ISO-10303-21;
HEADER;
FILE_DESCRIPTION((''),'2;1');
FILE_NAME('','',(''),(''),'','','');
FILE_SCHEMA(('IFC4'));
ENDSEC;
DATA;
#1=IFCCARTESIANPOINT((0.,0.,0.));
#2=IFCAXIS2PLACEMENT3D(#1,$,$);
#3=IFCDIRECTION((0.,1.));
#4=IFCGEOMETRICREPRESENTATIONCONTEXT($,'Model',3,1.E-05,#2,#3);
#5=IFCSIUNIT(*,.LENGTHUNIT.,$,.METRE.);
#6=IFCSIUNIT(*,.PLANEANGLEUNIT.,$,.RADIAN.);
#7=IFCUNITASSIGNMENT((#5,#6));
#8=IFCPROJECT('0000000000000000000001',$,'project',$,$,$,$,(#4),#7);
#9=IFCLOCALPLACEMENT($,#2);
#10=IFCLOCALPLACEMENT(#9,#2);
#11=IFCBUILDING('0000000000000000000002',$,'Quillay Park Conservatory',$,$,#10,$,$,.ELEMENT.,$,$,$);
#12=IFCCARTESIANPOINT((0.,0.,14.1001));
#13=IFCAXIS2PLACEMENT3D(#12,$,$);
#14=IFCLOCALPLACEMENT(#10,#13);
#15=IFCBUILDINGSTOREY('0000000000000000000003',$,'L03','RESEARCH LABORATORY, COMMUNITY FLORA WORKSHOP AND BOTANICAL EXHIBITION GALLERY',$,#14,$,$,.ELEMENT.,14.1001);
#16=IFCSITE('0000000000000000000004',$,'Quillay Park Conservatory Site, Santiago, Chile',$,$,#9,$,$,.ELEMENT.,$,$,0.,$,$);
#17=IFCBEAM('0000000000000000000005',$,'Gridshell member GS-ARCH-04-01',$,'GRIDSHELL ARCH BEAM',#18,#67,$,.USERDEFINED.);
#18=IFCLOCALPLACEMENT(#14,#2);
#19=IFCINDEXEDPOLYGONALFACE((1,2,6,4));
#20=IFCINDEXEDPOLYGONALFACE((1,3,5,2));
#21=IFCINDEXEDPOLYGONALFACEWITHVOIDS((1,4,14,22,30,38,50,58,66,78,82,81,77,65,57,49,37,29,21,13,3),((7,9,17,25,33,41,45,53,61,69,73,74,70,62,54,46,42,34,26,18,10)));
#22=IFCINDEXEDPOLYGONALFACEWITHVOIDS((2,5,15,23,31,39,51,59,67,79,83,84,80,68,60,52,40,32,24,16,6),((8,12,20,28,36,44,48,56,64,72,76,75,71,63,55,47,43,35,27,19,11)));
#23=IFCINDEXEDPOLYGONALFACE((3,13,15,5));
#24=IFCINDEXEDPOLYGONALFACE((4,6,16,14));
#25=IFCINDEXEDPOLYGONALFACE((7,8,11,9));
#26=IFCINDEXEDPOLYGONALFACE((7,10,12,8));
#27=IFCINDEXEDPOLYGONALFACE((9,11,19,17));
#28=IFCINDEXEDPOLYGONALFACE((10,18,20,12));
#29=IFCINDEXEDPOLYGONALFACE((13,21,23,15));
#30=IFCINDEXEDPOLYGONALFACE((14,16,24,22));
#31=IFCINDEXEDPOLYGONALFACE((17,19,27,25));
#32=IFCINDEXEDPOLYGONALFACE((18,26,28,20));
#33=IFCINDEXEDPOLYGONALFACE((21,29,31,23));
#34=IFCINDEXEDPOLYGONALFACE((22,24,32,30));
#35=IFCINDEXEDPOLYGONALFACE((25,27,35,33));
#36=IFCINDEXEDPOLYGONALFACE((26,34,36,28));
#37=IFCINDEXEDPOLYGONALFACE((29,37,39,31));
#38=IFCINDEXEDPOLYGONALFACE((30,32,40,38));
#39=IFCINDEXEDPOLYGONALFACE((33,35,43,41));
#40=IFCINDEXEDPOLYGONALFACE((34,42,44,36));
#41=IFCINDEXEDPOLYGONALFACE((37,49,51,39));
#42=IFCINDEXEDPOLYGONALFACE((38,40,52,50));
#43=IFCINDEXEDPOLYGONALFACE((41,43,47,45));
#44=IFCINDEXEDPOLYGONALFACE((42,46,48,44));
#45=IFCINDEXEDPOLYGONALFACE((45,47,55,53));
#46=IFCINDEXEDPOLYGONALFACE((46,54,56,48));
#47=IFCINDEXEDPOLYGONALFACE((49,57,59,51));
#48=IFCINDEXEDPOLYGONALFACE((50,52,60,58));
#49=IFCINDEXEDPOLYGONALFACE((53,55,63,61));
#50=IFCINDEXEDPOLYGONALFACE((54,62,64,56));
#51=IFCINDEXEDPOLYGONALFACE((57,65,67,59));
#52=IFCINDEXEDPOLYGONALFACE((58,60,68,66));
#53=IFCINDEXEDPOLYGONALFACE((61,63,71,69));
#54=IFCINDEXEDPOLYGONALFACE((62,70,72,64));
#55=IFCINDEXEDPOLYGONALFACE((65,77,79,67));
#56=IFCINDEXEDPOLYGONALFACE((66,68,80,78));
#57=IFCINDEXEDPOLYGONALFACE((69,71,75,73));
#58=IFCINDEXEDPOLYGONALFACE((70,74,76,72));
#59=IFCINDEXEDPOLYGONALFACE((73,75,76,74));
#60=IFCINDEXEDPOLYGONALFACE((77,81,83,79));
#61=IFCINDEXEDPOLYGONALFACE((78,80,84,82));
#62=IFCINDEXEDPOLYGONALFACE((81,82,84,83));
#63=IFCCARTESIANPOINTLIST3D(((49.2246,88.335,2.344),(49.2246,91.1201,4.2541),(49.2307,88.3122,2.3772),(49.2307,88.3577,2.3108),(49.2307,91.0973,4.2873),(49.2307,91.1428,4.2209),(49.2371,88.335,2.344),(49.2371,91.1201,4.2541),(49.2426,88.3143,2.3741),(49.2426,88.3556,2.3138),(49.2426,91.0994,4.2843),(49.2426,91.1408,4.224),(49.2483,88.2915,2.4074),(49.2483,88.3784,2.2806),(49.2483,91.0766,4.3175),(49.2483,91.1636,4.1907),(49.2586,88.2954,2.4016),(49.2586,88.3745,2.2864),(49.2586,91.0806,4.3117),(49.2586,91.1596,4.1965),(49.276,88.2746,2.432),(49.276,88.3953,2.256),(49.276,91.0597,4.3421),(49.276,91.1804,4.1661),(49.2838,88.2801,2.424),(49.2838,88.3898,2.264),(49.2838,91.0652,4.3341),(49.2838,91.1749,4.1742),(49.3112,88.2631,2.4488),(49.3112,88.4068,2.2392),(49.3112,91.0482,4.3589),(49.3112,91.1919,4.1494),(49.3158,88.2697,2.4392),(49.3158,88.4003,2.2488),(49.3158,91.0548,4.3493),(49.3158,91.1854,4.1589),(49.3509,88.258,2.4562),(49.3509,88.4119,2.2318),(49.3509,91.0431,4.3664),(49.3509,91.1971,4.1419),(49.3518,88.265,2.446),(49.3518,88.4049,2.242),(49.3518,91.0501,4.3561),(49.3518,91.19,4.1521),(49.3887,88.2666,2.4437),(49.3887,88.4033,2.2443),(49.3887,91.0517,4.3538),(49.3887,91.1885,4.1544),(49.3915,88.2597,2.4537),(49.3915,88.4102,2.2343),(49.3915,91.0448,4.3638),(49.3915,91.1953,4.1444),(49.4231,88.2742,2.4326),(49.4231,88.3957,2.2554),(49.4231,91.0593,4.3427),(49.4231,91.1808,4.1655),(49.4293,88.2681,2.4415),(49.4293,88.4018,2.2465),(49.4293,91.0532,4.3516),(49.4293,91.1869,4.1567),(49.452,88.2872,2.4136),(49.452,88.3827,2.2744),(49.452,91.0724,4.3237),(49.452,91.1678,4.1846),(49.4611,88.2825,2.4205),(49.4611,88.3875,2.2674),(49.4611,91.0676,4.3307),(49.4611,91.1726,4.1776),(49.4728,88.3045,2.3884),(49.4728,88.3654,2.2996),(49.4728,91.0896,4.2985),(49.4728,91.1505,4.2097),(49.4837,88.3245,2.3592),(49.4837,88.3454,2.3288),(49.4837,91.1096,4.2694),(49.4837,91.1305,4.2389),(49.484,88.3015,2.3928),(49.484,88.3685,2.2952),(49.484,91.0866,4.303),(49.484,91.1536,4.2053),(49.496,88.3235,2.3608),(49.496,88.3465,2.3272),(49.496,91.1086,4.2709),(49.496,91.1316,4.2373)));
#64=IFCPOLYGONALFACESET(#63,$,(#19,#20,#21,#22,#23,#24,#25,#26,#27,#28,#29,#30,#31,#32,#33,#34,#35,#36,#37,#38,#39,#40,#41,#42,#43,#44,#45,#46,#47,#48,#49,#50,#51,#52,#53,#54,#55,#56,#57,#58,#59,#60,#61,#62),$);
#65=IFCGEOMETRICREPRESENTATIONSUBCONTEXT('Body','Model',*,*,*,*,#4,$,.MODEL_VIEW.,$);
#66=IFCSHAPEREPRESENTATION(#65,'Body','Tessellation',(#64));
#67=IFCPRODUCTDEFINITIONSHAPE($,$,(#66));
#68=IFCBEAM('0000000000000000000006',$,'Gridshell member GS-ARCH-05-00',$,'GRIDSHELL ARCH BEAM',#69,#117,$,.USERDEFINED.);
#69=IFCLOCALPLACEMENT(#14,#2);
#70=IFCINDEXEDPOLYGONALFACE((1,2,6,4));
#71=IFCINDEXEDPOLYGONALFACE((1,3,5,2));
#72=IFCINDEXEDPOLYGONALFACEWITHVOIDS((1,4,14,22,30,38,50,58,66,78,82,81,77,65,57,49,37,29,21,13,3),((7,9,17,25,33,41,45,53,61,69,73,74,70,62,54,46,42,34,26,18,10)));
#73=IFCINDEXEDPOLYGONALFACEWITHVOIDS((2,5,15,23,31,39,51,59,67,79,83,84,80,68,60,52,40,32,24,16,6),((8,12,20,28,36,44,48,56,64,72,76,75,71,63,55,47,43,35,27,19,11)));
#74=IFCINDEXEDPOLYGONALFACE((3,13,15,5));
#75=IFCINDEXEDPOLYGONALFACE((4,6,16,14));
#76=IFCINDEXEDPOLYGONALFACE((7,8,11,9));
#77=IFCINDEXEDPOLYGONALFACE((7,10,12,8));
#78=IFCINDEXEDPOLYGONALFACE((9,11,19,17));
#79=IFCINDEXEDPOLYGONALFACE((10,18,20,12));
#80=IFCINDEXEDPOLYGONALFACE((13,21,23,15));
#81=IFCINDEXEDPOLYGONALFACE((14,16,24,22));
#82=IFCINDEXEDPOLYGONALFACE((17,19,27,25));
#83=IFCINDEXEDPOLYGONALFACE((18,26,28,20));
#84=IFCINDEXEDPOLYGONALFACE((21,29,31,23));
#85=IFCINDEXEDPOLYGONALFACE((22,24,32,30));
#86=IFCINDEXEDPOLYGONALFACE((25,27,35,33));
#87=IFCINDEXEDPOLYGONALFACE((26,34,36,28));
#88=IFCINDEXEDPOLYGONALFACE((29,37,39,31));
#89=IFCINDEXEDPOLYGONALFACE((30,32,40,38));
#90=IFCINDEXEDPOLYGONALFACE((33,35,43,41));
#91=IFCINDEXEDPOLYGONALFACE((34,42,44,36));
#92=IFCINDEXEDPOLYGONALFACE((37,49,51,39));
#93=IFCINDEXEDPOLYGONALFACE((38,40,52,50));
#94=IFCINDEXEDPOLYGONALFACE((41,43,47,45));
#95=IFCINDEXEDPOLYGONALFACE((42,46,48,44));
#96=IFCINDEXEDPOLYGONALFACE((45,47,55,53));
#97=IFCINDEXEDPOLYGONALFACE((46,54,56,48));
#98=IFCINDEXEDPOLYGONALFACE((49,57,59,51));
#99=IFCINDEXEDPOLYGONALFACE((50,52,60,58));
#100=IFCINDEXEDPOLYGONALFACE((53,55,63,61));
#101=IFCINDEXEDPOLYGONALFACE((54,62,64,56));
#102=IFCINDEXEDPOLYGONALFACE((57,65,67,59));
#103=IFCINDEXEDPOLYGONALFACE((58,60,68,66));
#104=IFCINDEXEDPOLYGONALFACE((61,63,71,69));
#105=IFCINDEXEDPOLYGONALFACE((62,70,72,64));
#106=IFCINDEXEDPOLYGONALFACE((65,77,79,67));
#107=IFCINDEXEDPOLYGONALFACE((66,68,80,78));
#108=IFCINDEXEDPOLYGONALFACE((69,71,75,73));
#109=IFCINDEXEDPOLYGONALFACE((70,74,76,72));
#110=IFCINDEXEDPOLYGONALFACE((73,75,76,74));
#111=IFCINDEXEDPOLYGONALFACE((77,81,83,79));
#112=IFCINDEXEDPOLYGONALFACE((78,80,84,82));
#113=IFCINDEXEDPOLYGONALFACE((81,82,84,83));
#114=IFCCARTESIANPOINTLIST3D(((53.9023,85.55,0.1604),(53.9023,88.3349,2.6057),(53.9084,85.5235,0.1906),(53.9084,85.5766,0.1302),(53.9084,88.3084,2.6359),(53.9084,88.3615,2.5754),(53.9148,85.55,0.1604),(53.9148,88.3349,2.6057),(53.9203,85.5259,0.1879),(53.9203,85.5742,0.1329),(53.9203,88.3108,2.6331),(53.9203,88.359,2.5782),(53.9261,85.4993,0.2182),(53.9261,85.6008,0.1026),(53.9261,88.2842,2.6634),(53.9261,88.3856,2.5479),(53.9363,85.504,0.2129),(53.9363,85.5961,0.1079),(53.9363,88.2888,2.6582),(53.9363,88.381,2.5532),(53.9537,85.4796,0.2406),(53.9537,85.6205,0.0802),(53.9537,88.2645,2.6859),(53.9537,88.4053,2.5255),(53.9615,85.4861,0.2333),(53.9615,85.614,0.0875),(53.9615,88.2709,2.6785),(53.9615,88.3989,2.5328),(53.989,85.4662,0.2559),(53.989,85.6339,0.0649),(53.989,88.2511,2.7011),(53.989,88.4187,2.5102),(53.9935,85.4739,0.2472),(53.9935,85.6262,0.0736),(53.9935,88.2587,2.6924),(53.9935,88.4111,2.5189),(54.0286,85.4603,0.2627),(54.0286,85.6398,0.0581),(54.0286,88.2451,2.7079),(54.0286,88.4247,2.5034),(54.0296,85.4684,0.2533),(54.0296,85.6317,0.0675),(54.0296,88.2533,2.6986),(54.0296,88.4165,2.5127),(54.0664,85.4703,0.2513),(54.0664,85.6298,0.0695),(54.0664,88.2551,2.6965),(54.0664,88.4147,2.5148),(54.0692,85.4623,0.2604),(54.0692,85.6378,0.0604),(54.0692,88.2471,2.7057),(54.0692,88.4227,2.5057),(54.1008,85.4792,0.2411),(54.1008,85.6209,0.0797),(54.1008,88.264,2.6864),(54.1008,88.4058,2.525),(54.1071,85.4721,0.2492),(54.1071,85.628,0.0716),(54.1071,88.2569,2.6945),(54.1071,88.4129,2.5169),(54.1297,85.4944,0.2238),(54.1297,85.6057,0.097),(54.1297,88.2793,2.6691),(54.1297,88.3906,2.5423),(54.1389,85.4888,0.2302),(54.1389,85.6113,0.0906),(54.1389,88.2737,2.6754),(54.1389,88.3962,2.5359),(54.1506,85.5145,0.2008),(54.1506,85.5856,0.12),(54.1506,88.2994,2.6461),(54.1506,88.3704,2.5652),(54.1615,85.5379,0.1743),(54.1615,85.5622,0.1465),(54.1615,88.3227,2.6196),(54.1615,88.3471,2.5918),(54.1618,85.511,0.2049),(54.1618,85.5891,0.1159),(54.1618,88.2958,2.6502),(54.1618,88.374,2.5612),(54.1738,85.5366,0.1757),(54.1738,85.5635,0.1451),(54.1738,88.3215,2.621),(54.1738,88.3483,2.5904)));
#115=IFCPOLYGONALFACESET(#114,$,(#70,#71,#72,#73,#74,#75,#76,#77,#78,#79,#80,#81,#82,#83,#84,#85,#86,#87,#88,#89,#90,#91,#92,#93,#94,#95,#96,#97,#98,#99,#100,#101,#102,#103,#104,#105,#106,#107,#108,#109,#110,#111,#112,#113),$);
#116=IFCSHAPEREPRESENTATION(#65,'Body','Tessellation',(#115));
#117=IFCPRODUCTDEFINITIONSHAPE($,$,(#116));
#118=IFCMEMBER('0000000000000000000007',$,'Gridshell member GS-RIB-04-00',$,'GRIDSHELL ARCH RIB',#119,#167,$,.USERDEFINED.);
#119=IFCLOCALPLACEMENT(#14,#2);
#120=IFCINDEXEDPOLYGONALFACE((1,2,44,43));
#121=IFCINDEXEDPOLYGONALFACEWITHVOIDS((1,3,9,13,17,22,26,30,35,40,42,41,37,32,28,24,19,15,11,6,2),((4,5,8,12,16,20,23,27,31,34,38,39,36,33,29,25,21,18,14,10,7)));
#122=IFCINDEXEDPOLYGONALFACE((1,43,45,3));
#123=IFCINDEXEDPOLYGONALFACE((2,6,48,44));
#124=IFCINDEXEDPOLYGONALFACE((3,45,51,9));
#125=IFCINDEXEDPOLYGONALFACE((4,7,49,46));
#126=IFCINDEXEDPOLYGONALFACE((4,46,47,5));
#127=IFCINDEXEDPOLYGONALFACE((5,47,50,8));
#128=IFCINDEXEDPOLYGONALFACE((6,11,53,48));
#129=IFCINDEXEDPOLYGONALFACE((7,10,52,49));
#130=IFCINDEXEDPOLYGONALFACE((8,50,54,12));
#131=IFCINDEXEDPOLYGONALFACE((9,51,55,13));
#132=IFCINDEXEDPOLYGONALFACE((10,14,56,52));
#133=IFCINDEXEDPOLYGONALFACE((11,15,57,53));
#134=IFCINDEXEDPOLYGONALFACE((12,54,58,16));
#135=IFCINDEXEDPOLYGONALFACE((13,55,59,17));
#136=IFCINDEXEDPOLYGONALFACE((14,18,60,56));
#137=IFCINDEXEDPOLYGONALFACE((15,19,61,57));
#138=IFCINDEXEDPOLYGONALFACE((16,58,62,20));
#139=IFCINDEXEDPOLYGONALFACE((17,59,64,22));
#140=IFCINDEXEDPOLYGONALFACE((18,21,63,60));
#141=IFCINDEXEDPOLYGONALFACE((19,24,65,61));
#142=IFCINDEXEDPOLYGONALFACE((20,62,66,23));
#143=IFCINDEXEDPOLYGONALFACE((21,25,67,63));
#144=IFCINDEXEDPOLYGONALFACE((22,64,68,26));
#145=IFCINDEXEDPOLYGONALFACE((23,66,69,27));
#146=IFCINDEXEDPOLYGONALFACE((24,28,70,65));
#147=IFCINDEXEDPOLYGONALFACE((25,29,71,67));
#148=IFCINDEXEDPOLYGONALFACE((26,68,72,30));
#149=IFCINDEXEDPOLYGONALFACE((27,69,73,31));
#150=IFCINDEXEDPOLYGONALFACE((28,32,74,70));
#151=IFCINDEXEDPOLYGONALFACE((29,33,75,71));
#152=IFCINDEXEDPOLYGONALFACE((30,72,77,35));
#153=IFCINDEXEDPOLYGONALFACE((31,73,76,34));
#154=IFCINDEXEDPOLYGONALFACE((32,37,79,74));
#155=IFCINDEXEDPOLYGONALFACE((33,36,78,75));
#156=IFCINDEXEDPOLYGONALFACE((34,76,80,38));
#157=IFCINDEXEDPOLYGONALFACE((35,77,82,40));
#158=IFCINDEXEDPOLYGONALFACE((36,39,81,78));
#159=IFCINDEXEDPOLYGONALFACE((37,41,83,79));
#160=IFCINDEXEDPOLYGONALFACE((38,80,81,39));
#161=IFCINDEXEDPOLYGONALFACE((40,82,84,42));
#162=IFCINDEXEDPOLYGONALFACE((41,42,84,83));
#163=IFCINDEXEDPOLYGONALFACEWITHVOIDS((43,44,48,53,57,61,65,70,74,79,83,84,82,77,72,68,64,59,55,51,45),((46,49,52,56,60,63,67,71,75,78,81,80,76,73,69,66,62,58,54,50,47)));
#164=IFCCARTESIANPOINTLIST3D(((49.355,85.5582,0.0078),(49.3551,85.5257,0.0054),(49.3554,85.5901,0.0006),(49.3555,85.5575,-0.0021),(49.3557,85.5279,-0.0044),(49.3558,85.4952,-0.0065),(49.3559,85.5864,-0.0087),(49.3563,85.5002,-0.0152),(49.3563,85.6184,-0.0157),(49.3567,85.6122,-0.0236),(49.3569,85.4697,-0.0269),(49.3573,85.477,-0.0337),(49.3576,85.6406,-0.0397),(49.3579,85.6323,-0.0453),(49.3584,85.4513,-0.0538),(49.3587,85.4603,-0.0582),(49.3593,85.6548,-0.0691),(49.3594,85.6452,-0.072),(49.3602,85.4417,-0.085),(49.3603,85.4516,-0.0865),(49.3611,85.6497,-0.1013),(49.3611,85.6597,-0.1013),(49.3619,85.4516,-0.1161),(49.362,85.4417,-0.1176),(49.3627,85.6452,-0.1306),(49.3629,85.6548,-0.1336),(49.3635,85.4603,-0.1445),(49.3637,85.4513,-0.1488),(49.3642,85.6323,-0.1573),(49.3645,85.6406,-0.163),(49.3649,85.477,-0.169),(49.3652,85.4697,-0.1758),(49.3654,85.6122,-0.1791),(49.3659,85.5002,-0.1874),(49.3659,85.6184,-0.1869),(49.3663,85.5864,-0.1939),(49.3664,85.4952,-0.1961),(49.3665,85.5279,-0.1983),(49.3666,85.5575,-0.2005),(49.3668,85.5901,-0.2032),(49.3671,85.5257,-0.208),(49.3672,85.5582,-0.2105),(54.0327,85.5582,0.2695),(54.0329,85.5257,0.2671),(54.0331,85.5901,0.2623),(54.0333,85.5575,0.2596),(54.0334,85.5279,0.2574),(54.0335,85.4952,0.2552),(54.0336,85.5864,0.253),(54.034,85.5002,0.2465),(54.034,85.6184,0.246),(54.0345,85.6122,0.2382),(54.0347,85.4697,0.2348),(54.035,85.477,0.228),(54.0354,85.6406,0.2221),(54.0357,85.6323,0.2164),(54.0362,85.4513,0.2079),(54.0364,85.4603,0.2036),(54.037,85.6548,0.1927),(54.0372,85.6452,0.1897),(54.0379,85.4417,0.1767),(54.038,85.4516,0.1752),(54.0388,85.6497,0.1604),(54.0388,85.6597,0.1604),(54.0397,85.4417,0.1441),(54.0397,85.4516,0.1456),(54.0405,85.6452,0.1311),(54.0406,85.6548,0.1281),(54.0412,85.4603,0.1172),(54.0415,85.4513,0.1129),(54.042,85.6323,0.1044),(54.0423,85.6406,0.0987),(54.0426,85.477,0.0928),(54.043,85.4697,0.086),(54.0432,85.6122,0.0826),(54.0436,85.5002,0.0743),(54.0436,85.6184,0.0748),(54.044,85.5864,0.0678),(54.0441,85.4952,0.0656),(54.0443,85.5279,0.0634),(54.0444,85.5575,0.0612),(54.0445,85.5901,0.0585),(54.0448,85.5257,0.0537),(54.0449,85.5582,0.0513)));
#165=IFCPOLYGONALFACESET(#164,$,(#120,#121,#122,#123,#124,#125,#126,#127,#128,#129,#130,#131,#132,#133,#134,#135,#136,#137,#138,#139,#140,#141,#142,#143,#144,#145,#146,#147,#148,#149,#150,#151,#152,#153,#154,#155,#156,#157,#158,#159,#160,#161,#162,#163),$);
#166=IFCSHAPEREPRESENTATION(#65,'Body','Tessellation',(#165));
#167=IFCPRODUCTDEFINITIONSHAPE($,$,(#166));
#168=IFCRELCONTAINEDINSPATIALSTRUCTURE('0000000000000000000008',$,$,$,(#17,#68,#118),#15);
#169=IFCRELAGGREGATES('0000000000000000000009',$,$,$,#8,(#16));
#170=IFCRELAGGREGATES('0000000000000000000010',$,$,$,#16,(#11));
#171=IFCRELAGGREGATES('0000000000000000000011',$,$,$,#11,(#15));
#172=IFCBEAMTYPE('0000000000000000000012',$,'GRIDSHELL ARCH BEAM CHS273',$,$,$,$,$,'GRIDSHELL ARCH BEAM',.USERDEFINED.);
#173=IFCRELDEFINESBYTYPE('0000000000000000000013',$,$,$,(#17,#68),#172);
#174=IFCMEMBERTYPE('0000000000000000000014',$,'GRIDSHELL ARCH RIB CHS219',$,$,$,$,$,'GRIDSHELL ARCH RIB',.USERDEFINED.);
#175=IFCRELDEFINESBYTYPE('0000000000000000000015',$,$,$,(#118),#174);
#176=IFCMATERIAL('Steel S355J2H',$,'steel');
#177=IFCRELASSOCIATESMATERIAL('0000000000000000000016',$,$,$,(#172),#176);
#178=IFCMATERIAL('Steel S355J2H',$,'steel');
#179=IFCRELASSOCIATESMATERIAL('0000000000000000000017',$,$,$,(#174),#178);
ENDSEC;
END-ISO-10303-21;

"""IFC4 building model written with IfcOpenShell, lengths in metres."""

from ifc_helpers import new_model, si_unit, direction, frame, origin, origin_2d, place, context, subcontext, project, spatial, hollow_circle, extrude, material, material_profile, profile_set, type_object, element, save


model = new_model("IFC4")

# Units and contexts
model_context = context("Model", 3, precision=1e-05, world=origin(), true_north=direction((0.0, 1.0)))
body_context = subcontext(model_context, "Body", "Model", "MODEL_VIEW")
ifc_project = project(units=[si_unit("LENGTHUNIT", "METRE"), si_unit("PLANEANGLEUNIT", "RADIAN")], contexts=[model_context])

# Site, building, storey
site_placement = place(None, origin())
site = spatial("IfcSite", under=ifc_project, at=site_placement, Name="Quillay Park Conservatory Site, Santiago, Chile", CompositionType="ELEMENT", RefElevation=0.0)
building_placement = place(site_placement, origin())
building = spatial("IfcBuilding", under=site, at=building_placement, Name="Quillay Park Conservatory", CompositionType="ELEMENT")
storey_placement = place(building_placement, frame((0.0, 0.0, 14.1001)))
storey = spatial("IfcBuildingStorey", under=building, at=storey_placement, Name="L03", Description="RESEARCH LABORATORY, COMMUNITY FLORA WORKSHOP AND BOTANICAL EXHIBITION GALLERY", CompositionType="ELEMENT", Elevation=14.1001)

# Beams
ifc_material_1 = material(Name="Steel S355J2H", Category="steel")
ifc_material_profile_1 = material_profile(ifc_material_1, hollow_circle(Radius=0.1365, WallThickness=0.0125, at=origin_2d()), Name="CHS273x12.5")
ifc_profile_set_1 = profile_set([ifc_material_profile_1], Name="Steel S355J2H")
beam_type = type_object("IfcBeamType", Name="GRIDSHELL ARCH BEAM CHS273", ElementType="GRIDSHELL ARCH BEAM", PredefinedType="USERDEFINED", material=ifc_profile_set_1)
beam_1_placement = place(storey_placement, frame((49.3611, 88.335, 2.344), z_axis=(0.0, 0.824683, 0.565596), x_axis=(-1.0, 0.0, 0.0)))
element("IfcBeam", 1, at=beam_1_placement, inside=storey, type_object=beam_type, Name="Gridshell member GS-ARCH-04-01", ObjectType="GRIDSHELL ARCH BEAM", PredefinedType="USERDEFINED", context=body_context, shape_type="SweptSolid", body=[
    extrude(hollow_circle(Radius=0.1365, WallThickness=0.0125, at=origin_2d()), origin(), (0.0, 0.0, 1.0), 3.3772),
])
beam_2_placement = place(storey_placement, frame((54.0388, 85.55, 0.1604), z_axis=(0.0, 0.751437, 0.659805), x_axis=(-1.0, 0.0, 0.0)))
element("IfcBeam", 2, at=beam_2_placement, inside=storey, type_object=beam_type, Name="Gridshell member GS-ARCH-05-00", ObjectType="GRIDSHELL ARCH BEAM", PredefinedType="USERDEFINED", context=body_context, shape_type="SweptSolid", body=[
    extrude(hollow_circle(Radius=0.1365, WallThickness=0.0125, at=origin_2d()), origin(), (0.0, 0.0, 1.0), 3.7061),
])

# Member
ifc_material_2 = material(Name="Steel S355J2H", Category="steel")
ifc_material_profile_2 = material_profile(ifc_material_2, hollow_circle(Radius=0.1096, WallThickness=0.01, at=origin_2d()), Name="CHS219.1x10")
ifc_profile_set_2 = profile_set([ifc_material_profile_2], Name="Steel S355J2H")
member_type = type_object("IfcMemberType", Name="GRIDSHELL ARCH RIB CHS219", ElementType="GRIDSHELL ARCH RIB", PredefinedType="USERDEFINED", material=ifc_profile_set_2)
member_1_placement = place(storey_placement, frame((49.3611, 85.55, -0.1013), z_axis=(0.998438, 0.0, 0.055863), x_axis=(0.0, 1.0, 0.0)))
element("IfcMember", 3, at=member_1_placement, inside=storey, type_object=member_type, Name="Gridshell member GS-RIB-04-00", ObjectType="GRIDSHELL ARCH RIB", PredefinedType="USERDEFINED", context=body_context, shape_type="SweptSolid", body=[
    extrude(hollow_circle(Radius=0.1096, WallThickness=0.01, at=origin_2d()), origin(), (0.0, 0.0, 1.0), 4.6851),
])

save(model, "model.ifc")
